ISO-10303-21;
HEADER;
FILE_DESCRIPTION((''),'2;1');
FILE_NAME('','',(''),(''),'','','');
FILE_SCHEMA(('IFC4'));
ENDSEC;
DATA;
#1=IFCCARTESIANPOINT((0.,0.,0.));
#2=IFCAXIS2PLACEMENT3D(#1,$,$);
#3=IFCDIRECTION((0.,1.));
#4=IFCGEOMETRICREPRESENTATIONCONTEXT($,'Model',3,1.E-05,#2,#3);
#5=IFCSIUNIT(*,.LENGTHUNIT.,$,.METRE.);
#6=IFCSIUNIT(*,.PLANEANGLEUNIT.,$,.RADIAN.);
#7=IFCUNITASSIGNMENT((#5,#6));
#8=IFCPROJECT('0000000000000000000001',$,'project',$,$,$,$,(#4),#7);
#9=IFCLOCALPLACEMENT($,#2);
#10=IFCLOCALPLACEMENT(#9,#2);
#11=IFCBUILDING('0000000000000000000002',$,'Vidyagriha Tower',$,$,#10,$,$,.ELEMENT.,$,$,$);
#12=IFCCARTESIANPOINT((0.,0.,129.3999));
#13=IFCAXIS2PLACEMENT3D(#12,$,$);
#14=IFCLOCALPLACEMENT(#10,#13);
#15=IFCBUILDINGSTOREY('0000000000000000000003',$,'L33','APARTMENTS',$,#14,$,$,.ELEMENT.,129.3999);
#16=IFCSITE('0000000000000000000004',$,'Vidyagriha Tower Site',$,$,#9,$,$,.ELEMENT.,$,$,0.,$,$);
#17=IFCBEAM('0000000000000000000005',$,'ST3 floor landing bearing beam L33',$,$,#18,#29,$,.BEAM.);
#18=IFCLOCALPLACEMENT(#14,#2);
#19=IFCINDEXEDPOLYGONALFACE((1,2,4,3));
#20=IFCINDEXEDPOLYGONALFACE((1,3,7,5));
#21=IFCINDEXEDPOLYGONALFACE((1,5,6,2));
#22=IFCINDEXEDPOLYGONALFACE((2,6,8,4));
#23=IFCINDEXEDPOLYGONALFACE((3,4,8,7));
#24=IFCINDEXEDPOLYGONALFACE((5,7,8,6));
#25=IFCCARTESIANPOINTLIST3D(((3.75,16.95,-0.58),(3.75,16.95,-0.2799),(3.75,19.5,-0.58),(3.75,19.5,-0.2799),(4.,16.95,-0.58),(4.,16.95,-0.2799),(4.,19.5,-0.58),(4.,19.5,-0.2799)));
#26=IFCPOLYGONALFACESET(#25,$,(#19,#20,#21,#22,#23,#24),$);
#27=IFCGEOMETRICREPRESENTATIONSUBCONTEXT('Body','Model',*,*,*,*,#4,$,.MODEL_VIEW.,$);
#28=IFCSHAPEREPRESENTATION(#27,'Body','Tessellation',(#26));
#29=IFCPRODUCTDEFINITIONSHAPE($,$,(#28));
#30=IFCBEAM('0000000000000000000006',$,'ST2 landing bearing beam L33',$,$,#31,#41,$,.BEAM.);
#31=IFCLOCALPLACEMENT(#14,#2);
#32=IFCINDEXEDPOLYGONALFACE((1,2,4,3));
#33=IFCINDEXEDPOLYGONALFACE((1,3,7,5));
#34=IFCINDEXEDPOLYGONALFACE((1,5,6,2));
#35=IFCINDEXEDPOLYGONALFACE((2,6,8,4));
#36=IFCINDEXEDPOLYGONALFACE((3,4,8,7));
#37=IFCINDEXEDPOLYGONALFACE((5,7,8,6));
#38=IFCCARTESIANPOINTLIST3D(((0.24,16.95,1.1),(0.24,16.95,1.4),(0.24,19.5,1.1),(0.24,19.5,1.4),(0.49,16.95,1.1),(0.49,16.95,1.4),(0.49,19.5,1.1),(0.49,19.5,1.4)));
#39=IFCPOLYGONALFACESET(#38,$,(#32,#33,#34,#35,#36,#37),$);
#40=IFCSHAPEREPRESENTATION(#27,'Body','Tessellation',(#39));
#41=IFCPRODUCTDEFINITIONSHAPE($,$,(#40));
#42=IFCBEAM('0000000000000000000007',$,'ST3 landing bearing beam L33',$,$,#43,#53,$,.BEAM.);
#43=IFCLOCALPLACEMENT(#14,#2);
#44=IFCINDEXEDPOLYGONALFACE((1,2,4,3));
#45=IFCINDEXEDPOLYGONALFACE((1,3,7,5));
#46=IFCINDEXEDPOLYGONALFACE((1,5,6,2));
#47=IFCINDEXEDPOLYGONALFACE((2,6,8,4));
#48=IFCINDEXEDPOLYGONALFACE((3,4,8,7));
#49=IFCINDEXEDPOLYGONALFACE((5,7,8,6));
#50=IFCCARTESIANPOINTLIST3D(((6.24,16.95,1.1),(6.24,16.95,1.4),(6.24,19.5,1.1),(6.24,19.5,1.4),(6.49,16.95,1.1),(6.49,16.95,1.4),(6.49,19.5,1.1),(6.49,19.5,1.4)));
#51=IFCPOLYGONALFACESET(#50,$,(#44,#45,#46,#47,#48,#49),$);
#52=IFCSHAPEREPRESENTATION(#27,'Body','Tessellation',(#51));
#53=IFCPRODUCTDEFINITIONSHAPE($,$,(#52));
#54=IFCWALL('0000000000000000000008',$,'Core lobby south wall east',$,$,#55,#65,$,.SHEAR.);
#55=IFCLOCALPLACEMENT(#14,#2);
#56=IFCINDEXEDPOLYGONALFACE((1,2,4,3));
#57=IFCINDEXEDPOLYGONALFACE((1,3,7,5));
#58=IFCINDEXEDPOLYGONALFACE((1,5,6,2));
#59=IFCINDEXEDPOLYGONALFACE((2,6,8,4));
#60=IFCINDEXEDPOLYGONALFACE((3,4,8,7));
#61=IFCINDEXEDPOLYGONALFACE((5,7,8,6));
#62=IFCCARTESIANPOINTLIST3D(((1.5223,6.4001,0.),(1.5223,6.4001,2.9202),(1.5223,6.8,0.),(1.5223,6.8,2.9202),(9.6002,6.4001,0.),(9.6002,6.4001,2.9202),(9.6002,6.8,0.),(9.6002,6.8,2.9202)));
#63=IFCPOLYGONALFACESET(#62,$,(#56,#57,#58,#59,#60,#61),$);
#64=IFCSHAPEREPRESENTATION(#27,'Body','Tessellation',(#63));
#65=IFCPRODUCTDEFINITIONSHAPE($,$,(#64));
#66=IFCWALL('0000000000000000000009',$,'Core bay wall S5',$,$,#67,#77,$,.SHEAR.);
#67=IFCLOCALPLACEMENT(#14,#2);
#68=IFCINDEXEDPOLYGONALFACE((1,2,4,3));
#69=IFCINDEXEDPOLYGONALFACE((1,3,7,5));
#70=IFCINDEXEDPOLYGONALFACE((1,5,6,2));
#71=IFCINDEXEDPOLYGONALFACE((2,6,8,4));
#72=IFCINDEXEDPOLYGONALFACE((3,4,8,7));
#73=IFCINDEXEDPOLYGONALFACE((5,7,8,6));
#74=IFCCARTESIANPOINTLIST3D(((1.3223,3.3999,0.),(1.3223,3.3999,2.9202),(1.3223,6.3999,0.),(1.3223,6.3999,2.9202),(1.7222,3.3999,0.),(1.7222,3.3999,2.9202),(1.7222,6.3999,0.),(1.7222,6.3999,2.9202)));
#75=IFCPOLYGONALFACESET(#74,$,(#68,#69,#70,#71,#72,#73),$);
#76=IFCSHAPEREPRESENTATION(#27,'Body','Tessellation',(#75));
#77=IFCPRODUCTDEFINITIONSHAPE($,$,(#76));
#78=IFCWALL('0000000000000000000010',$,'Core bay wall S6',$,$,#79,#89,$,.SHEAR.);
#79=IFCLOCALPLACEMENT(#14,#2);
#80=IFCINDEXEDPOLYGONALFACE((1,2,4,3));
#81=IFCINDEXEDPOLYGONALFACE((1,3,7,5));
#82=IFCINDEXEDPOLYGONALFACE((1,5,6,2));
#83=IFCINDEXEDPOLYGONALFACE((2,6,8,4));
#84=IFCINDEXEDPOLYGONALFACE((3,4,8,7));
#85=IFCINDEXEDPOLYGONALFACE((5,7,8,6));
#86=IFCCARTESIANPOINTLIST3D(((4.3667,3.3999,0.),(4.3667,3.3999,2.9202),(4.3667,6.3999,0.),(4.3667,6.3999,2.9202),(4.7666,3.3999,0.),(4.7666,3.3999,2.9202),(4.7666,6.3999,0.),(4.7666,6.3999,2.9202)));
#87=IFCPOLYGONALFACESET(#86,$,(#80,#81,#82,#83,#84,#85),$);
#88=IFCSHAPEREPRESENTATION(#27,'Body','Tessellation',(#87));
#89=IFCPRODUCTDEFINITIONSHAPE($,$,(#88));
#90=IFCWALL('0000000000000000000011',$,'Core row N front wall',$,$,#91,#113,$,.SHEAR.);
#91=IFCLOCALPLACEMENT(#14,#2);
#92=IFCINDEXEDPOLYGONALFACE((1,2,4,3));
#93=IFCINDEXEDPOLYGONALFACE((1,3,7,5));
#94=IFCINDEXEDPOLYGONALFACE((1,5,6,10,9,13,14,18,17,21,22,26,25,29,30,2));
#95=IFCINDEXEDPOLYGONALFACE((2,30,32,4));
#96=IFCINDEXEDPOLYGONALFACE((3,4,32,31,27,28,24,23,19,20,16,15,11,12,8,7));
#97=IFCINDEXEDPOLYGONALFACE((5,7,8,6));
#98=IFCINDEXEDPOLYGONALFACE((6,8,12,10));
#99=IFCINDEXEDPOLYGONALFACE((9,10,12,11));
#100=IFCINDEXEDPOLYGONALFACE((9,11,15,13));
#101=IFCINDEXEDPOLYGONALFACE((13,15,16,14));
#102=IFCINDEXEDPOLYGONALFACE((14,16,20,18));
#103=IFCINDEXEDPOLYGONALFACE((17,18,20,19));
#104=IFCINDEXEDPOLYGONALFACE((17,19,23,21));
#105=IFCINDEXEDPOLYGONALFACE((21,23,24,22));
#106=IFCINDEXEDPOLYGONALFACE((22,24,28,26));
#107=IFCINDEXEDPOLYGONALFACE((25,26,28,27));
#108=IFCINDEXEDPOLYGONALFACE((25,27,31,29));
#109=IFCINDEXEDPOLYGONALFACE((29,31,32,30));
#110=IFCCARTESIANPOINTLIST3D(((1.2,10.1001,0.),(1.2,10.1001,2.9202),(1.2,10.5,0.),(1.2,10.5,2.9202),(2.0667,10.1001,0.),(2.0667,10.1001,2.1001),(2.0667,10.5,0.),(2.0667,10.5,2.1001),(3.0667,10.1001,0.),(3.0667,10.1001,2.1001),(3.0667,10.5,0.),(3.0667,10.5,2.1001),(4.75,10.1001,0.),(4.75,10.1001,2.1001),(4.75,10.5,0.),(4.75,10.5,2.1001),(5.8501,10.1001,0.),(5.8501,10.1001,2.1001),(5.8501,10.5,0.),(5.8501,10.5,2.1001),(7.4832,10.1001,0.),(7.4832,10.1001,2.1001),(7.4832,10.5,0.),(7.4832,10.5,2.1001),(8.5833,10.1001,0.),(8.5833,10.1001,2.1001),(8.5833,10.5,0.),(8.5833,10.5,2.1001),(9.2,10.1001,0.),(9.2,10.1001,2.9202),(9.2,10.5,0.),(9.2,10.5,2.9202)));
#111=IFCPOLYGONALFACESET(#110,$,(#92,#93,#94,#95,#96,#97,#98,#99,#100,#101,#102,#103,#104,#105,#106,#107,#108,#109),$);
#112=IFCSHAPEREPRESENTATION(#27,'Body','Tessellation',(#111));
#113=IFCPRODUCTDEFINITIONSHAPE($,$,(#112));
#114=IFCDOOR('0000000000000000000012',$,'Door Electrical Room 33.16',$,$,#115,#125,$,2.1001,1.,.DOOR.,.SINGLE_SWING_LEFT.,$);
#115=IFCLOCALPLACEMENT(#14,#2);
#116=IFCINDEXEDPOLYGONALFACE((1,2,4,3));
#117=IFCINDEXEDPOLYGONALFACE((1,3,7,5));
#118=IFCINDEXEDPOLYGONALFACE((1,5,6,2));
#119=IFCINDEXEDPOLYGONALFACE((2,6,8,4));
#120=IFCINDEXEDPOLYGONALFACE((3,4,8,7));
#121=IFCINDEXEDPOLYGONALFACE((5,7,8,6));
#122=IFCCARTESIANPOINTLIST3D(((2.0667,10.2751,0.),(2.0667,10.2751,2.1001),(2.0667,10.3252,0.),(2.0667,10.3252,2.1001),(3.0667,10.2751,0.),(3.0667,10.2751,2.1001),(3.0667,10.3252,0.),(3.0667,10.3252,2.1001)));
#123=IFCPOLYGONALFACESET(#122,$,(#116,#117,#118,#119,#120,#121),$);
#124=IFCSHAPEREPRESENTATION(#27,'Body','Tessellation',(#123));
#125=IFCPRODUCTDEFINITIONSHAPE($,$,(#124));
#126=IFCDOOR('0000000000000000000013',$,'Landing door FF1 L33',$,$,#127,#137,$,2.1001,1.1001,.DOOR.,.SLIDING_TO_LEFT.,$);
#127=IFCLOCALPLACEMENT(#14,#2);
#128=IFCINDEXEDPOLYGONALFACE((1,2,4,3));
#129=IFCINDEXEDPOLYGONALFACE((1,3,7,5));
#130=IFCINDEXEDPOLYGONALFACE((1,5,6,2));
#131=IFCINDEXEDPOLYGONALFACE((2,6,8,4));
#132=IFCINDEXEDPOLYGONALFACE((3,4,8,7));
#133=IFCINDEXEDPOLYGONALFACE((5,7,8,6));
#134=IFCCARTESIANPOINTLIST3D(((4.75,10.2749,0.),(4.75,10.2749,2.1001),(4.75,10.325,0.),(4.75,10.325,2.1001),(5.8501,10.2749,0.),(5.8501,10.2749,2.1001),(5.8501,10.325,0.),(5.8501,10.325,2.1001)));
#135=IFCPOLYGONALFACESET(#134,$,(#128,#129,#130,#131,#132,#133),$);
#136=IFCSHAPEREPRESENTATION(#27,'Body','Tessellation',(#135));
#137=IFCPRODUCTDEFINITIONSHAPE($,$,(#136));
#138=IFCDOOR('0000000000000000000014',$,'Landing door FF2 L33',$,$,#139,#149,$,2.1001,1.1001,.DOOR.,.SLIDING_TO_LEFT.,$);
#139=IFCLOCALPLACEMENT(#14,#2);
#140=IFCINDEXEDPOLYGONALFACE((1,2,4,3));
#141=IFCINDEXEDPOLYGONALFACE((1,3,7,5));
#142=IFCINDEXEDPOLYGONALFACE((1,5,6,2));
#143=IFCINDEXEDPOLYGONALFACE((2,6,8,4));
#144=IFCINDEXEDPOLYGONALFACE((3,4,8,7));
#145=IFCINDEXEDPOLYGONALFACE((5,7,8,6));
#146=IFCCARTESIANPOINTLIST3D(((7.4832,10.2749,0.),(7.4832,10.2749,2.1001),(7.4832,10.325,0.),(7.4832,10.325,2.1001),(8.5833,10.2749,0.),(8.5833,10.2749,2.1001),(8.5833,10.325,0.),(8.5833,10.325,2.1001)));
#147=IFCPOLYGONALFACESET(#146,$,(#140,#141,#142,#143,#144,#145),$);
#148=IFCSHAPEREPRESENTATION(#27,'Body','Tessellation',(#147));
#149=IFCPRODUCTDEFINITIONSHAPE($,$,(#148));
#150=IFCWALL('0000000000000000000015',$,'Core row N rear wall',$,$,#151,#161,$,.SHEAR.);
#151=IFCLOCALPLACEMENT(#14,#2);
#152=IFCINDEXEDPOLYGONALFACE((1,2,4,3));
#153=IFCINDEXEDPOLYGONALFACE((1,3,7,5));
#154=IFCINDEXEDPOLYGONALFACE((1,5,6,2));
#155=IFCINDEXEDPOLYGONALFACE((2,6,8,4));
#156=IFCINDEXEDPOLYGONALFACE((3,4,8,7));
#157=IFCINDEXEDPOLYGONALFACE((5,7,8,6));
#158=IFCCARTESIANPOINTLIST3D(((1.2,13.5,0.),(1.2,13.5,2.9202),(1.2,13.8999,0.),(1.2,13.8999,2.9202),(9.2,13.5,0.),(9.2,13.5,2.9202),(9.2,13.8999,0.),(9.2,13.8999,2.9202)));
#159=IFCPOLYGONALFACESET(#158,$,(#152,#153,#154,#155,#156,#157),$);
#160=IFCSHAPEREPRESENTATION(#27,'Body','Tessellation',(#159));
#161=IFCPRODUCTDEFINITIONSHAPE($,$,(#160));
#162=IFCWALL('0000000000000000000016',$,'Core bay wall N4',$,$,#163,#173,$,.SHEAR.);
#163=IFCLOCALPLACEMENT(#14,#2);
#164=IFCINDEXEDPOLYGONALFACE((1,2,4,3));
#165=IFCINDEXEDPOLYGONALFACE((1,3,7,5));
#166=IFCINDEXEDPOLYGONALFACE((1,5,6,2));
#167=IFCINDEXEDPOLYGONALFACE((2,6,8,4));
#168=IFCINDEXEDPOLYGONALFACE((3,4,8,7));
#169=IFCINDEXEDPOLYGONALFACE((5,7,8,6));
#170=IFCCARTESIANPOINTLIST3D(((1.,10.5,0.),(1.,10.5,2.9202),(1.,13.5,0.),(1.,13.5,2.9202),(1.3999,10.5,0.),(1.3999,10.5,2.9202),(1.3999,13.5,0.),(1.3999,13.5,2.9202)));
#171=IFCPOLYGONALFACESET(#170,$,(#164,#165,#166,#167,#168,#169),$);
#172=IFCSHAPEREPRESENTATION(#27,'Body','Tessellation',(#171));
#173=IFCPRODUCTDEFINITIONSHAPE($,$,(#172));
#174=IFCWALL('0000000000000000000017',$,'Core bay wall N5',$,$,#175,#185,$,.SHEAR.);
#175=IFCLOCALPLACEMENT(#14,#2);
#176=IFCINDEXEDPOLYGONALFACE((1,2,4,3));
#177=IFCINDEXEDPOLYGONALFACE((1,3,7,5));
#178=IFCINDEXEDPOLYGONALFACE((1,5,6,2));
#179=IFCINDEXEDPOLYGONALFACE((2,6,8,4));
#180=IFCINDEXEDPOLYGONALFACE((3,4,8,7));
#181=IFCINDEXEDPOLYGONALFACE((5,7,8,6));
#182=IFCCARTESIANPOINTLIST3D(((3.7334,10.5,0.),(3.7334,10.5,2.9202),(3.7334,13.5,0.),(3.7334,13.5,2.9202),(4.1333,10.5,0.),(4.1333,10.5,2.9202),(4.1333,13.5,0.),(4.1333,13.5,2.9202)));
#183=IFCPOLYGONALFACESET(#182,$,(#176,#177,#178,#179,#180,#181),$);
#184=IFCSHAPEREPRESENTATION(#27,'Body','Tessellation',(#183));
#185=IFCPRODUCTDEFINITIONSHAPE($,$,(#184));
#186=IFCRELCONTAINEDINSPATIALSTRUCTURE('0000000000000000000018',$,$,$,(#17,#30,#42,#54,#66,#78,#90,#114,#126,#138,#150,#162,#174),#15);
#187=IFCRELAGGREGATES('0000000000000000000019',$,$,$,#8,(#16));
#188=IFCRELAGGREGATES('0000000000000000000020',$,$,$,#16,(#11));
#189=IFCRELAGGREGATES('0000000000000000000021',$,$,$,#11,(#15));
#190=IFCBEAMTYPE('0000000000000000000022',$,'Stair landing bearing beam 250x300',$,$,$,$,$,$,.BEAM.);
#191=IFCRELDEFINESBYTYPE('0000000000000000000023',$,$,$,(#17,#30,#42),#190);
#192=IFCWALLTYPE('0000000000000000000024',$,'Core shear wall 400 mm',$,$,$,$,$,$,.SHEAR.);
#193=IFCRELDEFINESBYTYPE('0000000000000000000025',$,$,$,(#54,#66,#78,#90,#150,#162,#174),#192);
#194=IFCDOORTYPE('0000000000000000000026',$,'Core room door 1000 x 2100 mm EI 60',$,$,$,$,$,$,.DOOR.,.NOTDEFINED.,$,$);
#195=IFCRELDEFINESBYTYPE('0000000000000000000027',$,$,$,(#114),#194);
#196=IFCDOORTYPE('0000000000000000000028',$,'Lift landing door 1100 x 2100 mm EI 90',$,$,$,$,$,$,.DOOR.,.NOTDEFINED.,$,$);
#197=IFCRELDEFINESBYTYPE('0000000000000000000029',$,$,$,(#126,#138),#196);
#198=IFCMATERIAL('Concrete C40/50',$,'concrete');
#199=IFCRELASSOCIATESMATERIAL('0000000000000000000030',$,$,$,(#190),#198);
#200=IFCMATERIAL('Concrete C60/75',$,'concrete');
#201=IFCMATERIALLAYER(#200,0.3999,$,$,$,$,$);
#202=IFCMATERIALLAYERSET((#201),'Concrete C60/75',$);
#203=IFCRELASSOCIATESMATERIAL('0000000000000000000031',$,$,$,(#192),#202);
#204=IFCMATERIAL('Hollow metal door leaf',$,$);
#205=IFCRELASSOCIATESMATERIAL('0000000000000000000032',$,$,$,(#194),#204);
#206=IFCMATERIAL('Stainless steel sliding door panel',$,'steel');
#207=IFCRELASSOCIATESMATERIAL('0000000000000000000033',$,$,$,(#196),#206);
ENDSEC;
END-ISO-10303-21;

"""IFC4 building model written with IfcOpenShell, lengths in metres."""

from ifc_helpers import new_model, si_unit, direction, frame, frame_2d, origin, origin_2d, place, context, subcontext, project, spatial, rectangle, extrude, material, layer, layer_set, material_profile, profile_set, type_object, element, fill, save


model = new_model("IFC4")

# Units and contexts
model_context = context("Model", 3, precision=1e-05, world=origin(), true_north=direction((0.0, 1.0)))
body_context = subcontext(model_context, "Body", "Model", "MODEL_VIEW")
ifc_project = project(units=[si_unit("LENGTHUNIT", "METRE"), si_unit("PLANEANGLEUNIT", "RADIAN")], contexts=[model_context])

# Site, building, storey
site_placement = place(None, origin())
site = spatial("IfcSite", under=ifc_project, at=site_placement, Name="Vidyagriha Tower Site", CompositionType="ELEMENT", RefElevation=0.0)
building_placement = place(site_placement, origin())
building = spatial("IfcBuilding", under=site, at=building_placement, Name="Vidyagriha Tower", CompositionType="ELEMENT")
storey_placement = place(building_placement, frame((0.0, 0.0, 129.3999)))
storey = spatial("IfcBuildingStorey", under=building, at=storey_placement, Name="L33", Description="APARTMENTS", CompositionType="ELEMENT", Elevation=129.3999)

# Beams
ifc_material_1 = material(Name="Concrete C40/50", Category="concrete")
ifc_material_profile = material_profile(ifc_material_1, rectangle(XDim=0.25, YDim=0.3, at=origin_2d()), Name="Stair landing bearing beam 250x300")
ifc_profile_set = profile_set([ifc_material_profile], Name="Concrete C40/50")
beam_type = type_object("IfcBeamType", Name="Stair landing bearing beam 250x300", PredefinedType="BEAM", material=ifc_profile_set)
for number, where, z_axis, x_axis, name in (
    (1, (3.875, 16.95, -0.4299), (0.0, 1.0, 0.0), (-1.0, 0.0, 0.0), "ST3 floor landing bearing beam L33"),
    (2, (0.365, 16.95, 1.25), (0.0, 1.0, 0.0), (-1.0, 0.0, 0.0), "ST2 landing bearing beam L33"),
    (3, (6.365, 16.95, 1.25), (0.0, 1.0, 0.0), (-1.0, 0.0, 0.0), "ST3 landing bearing beam L33"),
):
    element("IfcBeam", number, at=place(storey_placement, frame(where, z_axis=z_axis, x_axis=x_axis)), inside=storey, type_object=beam_type, Name=name, PredefinedType="BEAM", context=body_context, shape_type="SweptSolid", body=[
        extrude(rectangle(XDim=0.25, YDim=0.3, at=origin_2d()), origin(), (0.0, 0.0, 1.0), 2.55),
    ])

# Walls
ifc_material_2 = material(Name="Concrete C60/75", Category="concrete")
ifc_layer_1 = layer(ifc_material_2, 0.3999)
ifc_layer_set_1 = layer_set([ifc_layer_1], Name="Concrete C60/75")
wall_type_1 = type_object("IfcWallType", Name="Core shear wall 400 mm", PredefinedType="SHEAR", material=ifc_layer_set_1)
wall_1_placement = place(storey_placement, frame((1.5222, 6.6001, 0.0)))
element("IfcWall", 4, at=wall_1_placement, inside=storey, type_object=wall_type_1, Name="Core lobby south wall east", PredefinedType="SHEAR", context=body_context, shape_type="SweptSolid", body=[
    extrude(rectangle(XDim=8.0779, YDim=0.3999, at=frame_2d((4.0391, 0.0))), origin(), (0.0, 0.0, 1.0), 2.9202),
])
for number, where, z_axis, x_axis, name in (
    (5, (1.5222, 3.3999, 0.0), (0.0, 0.0, 1.0), (0.0, 1.0, 0.0), "Core bay wall S5"),
    (6, (4.5667, 3.3999, 0.0), (0.0, 0.0, 1.0), (0.0, 1.0, 0.0), "Core bay wall S6"),
):
    element("IfcWall", number, at=place(storey_placement, frame(where, z_axis=z_axis, x_axis=x_axis)), inside=storey, type_object=wall_type_1, Name=name, PredefinedType="SHEAR", context=body_context, shape_type="SweptSolid", body=[
        extrude(rectangle(XDim=3.0, YDim=0.3999, at=frame_2d((1.5, 0.0))), origin(), (0.0, 0.0, 1.0), 2.9202),
    ])

# Wall, openings, doors
wall_2_placement = place(storey_placement, frame((1.2, 10.3, 0.0)))
wall_2 = element("IfcWall", 7, at=wall_2_placement, inside=storey, type_object=wall_type_1, Name="Core row N front wall", PredefinedType="SHEAR", context=body_context, shape_type="SweptSolid", body=[
    extrude(rectangle(XDim=8.0, YDim=0.3999, at=frame_2d((4.0, 0.0))), origin(), (0.0, 0.0, 1.0), 2.9202),
])
opening_1_placement = place(wall_2_placement, frame((3.55, 0.0, 0.0)))
opening_1 = element("IfcOpeningElement", 8, at=opening_1_placement, cuts=wall_2, PredefinedType="OPENING", context=body_context, shape_type="SweptSolid", body=[
    extrude(rectangle(XDim=1.1001, YDim=2.1001, at=frame_2d((0.55, 1.05))), frame((0.0, 0.21, 0.0), z_axis=(0.0, -1.0, 0.0), x_axis=(1.0, 0.0, 0.0)), (0.0, 0.0, 1.0), 0.4199),
])
opening_2_placement = place(wall_2_placement, frame((6.2832, 0.0, 0.0)))
opening_2 = element("IfcOpeningElement", 9, at=opening_2_placement, cuts=wall_2, PredefinedType="OPENING", context=body_context, shape_type="SweptSolid", body=[
    extrude(rectangle(XDim=1.1001, YDim=2.1001, at=frame_2d((0.55, 1.05))), frame((0.0, 0.21, 0.0), z_axis=(0.0, -1.0, 0.0), x_axis=(1.0, 0.0, 0.0)), (0.0, 0.0, 1.0), 0.4199),
])
opening_3_placement = place(wall_2_placement, frame((0.8667, 0.0, 0.0)))
opening_3 = element("IfcOpeningElement", 10, at=opening_3_placement, cuts=wall_2, PredefinedType="OPENING", context=body_context, shape_type="SweptSolid", body=[
    extrude(rectangle(XDim=1.0, YDim=2.1001, at=frame_2d((0.5, 1.05))), frame((0.0, 0.21, 0.0), z_axis=(0.0, -1.0, 0.0), x_axis=(1.0, 0.0, 0.0)), (0.0, 0.0, 1.0), 0.4199),
])
ifc_material_3 = material(Name="Hollow metal door leaf")
door_type_1 = type_object("IfcDoorType", Name="Core room door 1000 x 2100 mm EI 60", OperationType="NOTDEFINED", PredefinedType="DOOR", material=ifc_material_3)
door_1_placement = place(opening_3_placement, frame((1.0, 0.0, 0.0), z_axis=(0.0, 0.0, 1.0), x_axis=(-1.0, 0.0, 0.0)))
door_1 = element("IfcDoor", 11, at=door_1_placement, inside=storey, type_object=door_type_1, Name="Door Electrical Room 33.16", OperationType="SINGLE_SWING_LEFT", OverallHeight=2.1001, OverallWidth=1.0, PredefinedType="DOOR", context=body_context, shape_type="SweptSolid", body=[
    extrude(rectangle(XDim=1.0, YDim=2.1001, at=frame_2d((0.5, 1.05))), frame((0.0, 0.0249, 0.0), z_axis=(0.0, -1.0, 0.0), x_axis=(1.0, 0.0, 0.0)), (0.0, 0.0, 1.0), 0.05),
])
fill(opening_3, door_1)
ifc_material_4 = material(Name="Stainless steel sliding door panel", Category="steel")
door_type_2 = type_object("IfcDoorType", Name="Lift landing door 1100 x 2100 mm EI 90", OperationType="NOTDEFINED", PredefinedType="DOOR", material=ifc_material_4)
door_2_placement = place(opening_1_placement, origin())
door_2 = element("IfcDoor", 12, at=door_2_placement, inside=storey, type_object=door_type_2, Name="Landing door FF1 L33", OperationType="SLIDING_TO_LEFT", OverallHeight=2.1001, OverallWidth=1.1001, PredefinedType="DOOR", context=body_context, shape_type="SweptSolid", body=[
    extrude(rectangle(XDim=1.1001, YDim=2.1001, at=frame_2d((0.55, 1.05))), frame((0.0, 0.0249, 0.0), z_axis=(0.0, -1.0, 0.0), x_axis=(1.0, 0.0, 0.0)), (0.0, 0.0, 1.0), 0.05),
])
fill(opening_1, door_2)
door_3_placement = place(opening_2_placement, origin())
door_3 = element("IfcDoor", 13, at=door_3_placement, inside=storey, type_object=door_type_2, Name="Landing door FF2 L33", OperationType="SLIDING_TO_LEFT", OverallHeight=2.1001, OverallWidth=1.1001, PredefinedType="DOOR", context=body_context, shape_type="SweptSolid", body=[
    extrude(rectangle(XDim=1.1001, YDim=2.1001, at=frame_2d((0.55, 1.05))), frame((0.0, 0.0249, 0.0), z_axis=(0.0, -1.0, 0.0), x_axis=(1.0, 0.0, 0.0)), (0.0, 0.0, 1.0), 0.05),
])
fill(opening_2, door_3)

# Walls
wall_3_placement = place(storey_placement, frame((1.2, 13.7, 0.0)))
element("IfcWall", 14, at=wall_3_placement, inside=storey, type_object=wall_type_1, Name="Core row N rear wall", PredefinedType="SHEAR", context=body_context, shape_type="SweptSolid", body=[
    extrude(rectangle(XDim=8.0, YDim=0.3999, at=frame_2d((4.0, 0.0))), origin(), (0.0, 0.0, 1.0), 2.9202),
])
for number, where, z_axis, x_axis, name in (
    (15, (1.2, 10.5, 0.0), (0.0, 0.0, 1.0), (0.0, 1.0, 0.0), "Core bay wall N4"),
    (16, (3.9333, 10.5, 0.0), (0.0, 0.0, 1.0), (0.0, 1.0, 0.0), "Core bay wall N5"),
):
    element("IfcWall", number, at=place(storey_placement, frame(where, z_axis=z_axis, x_axis=x_axis)), inside=storey, type_object=wall_type_1, Name=name, PredefinedType="SHEAR", context=body_context, shape_type="SweptSolid", body=[
        extrude(rectangle(XDim=3.0, YDim=0.3999, at=frame_2d((1.5, 0.0))), origin(), (0.0, 0.0, 1.0), 2.9202),
    ])

save(model, "model.ifc")
